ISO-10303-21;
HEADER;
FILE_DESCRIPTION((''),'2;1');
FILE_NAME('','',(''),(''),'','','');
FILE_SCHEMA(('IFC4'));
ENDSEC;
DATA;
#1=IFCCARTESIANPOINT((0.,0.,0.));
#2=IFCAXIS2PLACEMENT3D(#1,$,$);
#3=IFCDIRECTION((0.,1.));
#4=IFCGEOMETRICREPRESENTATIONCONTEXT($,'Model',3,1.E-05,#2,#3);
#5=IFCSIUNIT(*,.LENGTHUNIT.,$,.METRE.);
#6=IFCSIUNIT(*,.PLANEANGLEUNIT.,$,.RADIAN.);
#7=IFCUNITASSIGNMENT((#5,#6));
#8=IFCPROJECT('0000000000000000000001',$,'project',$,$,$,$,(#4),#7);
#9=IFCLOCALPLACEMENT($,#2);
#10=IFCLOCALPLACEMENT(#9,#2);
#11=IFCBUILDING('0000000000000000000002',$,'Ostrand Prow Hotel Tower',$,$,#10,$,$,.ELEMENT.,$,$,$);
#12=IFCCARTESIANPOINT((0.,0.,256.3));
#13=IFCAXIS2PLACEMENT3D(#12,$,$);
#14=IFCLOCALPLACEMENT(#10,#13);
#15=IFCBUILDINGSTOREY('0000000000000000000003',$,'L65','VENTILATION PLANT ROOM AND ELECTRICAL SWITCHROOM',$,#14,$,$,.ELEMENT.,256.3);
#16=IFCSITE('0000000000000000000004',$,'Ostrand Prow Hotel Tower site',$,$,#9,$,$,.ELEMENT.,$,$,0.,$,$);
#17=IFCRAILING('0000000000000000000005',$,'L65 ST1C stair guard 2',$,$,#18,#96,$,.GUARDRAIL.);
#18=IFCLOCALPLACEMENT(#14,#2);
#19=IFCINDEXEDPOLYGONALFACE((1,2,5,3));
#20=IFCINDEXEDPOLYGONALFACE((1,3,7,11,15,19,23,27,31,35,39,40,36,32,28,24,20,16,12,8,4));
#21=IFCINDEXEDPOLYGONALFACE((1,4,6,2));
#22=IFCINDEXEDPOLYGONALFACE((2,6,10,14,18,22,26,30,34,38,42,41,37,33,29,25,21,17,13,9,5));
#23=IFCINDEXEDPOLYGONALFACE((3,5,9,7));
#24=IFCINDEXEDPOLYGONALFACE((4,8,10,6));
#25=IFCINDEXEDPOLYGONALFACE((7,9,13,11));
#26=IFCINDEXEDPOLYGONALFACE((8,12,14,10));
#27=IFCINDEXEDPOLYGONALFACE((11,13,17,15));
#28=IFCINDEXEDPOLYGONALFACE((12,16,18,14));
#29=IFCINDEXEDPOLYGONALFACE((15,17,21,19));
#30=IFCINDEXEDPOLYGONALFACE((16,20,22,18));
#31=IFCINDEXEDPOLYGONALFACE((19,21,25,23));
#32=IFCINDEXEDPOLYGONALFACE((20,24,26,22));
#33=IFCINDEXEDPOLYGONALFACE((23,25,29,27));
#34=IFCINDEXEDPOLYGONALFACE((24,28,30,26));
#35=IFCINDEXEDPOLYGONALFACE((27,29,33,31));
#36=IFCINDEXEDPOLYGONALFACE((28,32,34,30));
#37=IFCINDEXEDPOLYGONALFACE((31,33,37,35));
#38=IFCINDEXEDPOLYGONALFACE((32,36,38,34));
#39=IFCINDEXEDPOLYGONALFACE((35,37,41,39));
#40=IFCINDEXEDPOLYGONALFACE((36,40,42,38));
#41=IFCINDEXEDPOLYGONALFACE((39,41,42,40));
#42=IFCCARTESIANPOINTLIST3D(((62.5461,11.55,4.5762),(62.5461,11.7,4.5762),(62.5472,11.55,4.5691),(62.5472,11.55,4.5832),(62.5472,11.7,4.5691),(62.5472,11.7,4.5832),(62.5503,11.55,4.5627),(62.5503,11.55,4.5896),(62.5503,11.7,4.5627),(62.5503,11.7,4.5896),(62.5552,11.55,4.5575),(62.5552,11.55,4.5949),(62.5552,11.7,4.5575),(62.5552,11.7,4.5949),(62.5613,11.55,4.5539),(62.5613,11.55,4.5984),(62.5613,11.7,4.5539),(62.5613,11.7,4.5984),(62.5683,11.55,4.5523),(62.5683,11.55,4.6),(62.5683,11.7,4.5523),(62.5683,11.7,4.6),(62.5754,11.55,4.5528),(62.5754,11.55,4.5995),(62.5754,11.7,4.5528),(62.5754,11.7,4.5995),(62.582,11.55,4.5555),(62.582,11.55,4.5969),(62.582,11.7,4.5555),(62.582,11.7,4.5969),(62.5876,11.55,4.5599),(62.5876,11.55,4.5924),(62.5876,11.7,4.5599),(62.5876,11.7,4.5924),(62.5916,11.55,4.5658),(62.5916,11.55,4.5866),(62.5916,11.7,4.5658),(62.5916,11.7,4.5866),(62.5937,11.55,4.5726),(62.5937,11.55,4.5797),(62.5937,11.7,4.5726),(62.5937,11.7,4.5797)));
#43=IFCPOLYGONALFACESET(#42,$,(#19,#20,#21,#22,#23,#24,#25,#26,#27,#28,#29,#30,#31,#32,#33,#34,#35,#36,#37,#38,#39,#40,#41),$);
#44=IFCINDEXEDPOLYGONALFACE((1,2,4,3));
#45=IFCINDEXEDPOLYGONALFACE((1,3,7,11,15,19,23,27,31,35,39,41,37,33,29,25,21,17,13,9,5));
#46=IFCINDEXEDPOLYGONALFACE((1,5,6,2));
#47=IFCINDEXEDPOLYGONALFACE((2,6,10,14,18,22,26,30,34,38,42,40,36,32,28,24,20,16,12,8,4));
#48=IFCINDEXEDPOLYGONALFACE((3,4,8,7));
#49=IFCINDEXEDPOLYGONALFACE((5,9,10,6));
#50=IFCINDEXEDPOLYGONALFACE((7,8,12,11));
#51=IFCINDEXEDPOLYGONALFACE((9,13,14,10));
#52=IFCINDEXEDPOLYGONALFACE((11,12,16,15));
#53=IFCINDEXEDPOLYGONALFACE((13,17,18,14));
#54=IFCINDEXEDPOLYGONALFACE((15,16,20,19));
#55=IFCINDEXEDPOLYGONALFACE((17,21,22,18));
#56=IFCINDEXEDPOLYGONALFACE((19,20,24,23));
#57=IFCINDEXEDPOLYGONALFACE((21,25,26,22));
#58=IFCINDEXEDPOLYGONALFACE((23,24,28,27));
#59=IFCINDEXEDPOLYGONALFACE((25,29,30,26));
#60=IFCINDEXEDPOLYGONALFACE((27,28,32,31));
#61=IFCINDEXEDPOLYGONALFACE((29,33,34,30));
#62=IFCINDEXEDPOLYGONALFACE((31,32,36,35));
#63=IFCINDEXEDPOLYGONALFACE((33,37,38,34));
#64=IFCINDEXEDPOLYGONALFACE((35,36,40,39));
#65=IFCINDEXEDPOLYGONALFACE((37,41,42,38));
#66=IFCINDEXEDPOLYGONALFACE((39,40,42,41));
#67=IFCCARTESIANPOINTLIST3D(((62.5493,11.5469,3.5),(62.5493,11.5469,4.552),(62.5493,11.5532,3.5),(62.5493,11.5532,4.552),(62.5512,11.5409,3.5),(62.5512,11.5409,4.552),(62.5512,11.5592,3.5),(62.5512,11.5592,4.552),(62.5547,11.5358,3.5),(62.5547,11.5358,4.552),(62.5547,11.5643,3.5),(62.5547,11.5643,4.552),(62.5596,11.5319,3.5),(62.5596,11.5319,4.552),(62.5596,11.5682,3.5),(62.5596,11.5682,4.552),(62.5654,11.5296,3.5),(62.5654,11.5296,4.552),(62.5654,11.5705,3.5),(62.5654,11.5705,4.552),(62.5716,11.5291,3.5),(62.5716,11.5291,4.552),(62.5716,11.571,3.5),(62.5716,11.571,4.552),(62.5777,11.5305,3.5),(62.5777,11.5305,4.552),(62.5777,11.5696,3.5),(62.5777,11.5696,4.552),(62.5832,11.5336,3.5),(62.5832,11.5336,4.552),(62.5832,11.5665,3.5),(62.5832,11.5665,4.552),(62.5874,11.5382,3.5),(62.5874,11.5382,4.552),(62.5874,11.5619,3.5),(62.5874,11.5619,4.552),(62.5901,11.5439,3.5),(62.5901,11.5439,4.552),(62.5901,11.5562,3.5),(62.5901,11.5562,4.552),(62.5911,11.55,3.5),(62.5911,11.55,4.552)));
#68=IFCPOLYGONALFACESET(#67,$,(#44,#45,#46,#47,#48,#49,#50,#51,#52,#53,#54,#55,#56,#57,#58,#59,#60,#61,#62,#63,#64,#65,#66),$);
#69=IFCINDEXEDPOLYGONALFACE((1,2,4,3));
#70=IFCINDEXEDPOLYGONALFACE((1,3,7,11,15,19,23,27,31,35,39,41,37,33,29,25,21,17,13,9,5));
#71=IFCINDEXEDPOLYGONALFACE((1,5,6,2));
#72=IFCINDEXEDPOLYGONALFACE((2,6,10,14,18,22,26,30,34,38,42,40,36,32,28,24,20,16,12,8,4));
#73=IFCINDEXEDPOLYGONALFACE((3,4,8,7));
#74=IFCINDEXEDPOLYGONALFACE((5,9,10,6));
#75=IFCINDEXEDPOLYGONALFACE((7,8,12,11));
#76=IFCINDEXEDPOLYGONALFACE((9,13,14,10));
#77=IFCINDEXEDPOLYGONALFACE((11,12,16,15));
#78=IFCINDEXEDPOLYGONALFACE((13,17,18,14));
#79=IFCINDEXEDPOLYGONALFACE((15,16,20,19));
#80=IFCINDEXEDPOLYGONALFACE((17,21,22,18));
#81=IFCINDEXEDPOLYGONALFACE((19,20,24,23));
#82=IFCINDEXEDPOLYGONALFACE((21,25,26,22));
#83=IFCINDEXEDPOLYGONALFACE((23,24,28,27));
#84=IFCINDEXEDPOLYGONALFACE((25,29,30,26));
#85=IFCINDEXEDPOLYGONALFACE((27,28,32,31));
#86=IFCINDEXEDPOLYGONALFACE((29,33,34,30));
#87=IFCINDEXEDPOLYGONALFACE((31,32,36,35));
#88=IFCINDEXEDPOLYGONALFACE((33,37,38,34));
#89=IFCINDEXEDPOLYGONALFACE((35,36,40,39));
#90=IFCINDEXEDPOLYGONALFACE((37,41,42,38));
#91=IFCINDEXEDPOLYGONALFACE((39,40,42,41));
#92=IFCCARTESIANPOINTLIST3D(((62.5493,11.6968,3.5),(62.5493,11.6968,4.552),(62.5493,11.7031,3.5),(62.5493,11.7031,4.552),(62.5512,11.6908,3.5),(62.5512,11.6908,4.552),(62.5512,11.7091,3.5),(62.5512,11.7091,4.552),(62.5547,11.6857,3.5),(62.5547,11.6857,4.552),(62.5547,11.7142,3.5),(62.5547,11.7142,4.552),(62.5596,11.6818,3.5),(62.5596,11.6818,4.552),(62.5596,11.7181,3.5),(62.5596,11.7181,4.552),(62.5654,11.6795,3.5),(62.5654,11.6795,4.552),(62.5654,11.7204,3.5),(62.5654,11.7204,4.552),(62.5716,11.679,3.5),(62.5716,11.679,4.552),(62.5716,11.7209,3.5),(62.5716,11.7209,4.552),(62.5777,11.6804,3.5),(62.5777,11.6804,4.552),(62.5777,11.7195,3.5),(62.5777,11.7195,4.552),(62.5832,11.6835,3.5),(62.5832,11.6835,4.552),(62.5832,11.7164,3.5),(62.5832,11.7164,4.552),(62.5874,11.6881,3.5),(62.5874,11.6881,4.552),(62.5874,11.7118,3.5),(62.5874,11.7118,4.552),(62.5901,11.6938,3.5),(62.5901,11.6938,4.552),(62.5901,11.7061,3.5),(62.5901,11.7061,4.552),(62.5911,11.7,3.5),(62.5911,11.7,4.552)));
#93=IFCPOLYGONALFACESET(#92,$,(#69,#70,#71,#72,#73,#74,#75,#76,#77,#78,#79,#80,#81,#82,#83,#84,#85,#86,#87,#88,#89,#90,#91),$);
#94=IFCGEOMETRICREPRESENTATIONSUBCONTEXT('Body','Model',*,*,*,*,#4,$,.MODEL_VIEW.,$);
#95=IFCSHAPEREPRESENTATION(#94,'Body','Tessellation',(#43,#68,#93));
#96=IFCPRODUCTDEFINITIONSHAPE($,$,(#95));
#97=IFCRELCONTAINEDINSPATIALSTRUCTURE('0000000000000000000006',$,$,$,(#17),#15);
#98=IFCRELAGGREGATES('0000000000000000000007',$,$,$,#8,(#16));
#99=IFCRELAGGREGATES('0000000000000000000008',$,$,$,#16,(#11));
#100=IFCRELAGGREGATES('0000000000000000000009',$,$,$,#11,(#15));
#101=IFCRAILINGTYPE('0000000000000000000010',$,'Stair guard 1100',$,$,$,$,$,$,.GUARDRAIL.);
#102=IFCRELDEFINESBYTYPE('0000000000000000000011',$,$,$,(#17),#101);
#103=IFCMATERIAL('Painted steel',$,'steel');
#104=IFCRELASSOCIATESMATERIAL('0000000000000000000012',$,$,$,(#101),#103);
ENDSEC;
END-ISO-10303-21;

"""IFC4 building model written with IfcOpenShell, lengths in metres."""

from ifc_helpers import new_model, si_unit, direction, frame, origin, origin_2d, place, context, subcontext, project, spatial, circle, extrude, material, type_object, element, save


model = new_model("IFC4")

# Units and contexts
model_context = context("Model", 3, precision=1e-05, world=origin(), true_north=direction((0.0, 1.0)))
body_context = subcontext(model_context, "Body", "Model", "MODEL_VIEW")
ifc_project = project(units=[si_unit("LENGTHUNIT", "METRE"), si_unit("PLANEANGLEUNIT", "RADIAN")], contexts=[model_context])

# Site, building, storey
site_placement = place(None, origin())
site = spatial("IfcSite", under=ifc_project, at=site_placement, Name="Ostrand Prow Hotel Tower site", CompositionType="ELEMENT", RefElevation=0.0)
building_placement = place(site_placement, origin())
building = spatial("IfcBuilding", under=site, at=building_placement, Name="Ostrand Prow Hotel Tower", CompositionType="ELEMENT")
storey_placement = place(building_placement, frame((0.0, 0.0, 256.3)))
storey = spatial("IfcBuildingStorey", under=building, at=storey_placement, Name="L65", Description="VENTILATION PLANT ROOM AND ELECTRICAL SWITCHROOM", CompositionType="ELEMENT", Elevation=256.3)

# Railing
ifc_material_1 = material(Name="Painted steel", Category="steel")
railing_type_1 = type_object("IfcRailingType", Name="Stair guard 1100", PredefinedType="GUARDRAIL", material=ifc_material_1)
railing_1_placement = place(storey_placement, frame((62.5701, 11.55, 3.5)))
element("IfcRailing", 1, at=railing_1_placement, inside=storey, type_object=railing_type_1, Name="L65 ST1C stair guard 2", PredefinedType="GUARDRAIL", context=body_context, shape_type="SweptSolid", body=[
    extrude(circle(Radius=0.0239, at=origin_2d()), frame((0.0, 0.0, 1.0762), z_axis=(0.0, 1.0, 0.0), x_axis=(-1.0, 0.0, 0.0)), (0.0, 0.0, 1.0), 0.1499),
    extrude(circle(Radius=0.021, at=origin_2d()), origin(), (0.0, 0.0, 1.0), 1.052),
    extrude(circle(Radius=0.021, at=origin_2d()), frame((0.0, 0.1499, 0.0)), (0.0, 0.0, 1.0), 1.052),
])

save(model, "model.ifc")
